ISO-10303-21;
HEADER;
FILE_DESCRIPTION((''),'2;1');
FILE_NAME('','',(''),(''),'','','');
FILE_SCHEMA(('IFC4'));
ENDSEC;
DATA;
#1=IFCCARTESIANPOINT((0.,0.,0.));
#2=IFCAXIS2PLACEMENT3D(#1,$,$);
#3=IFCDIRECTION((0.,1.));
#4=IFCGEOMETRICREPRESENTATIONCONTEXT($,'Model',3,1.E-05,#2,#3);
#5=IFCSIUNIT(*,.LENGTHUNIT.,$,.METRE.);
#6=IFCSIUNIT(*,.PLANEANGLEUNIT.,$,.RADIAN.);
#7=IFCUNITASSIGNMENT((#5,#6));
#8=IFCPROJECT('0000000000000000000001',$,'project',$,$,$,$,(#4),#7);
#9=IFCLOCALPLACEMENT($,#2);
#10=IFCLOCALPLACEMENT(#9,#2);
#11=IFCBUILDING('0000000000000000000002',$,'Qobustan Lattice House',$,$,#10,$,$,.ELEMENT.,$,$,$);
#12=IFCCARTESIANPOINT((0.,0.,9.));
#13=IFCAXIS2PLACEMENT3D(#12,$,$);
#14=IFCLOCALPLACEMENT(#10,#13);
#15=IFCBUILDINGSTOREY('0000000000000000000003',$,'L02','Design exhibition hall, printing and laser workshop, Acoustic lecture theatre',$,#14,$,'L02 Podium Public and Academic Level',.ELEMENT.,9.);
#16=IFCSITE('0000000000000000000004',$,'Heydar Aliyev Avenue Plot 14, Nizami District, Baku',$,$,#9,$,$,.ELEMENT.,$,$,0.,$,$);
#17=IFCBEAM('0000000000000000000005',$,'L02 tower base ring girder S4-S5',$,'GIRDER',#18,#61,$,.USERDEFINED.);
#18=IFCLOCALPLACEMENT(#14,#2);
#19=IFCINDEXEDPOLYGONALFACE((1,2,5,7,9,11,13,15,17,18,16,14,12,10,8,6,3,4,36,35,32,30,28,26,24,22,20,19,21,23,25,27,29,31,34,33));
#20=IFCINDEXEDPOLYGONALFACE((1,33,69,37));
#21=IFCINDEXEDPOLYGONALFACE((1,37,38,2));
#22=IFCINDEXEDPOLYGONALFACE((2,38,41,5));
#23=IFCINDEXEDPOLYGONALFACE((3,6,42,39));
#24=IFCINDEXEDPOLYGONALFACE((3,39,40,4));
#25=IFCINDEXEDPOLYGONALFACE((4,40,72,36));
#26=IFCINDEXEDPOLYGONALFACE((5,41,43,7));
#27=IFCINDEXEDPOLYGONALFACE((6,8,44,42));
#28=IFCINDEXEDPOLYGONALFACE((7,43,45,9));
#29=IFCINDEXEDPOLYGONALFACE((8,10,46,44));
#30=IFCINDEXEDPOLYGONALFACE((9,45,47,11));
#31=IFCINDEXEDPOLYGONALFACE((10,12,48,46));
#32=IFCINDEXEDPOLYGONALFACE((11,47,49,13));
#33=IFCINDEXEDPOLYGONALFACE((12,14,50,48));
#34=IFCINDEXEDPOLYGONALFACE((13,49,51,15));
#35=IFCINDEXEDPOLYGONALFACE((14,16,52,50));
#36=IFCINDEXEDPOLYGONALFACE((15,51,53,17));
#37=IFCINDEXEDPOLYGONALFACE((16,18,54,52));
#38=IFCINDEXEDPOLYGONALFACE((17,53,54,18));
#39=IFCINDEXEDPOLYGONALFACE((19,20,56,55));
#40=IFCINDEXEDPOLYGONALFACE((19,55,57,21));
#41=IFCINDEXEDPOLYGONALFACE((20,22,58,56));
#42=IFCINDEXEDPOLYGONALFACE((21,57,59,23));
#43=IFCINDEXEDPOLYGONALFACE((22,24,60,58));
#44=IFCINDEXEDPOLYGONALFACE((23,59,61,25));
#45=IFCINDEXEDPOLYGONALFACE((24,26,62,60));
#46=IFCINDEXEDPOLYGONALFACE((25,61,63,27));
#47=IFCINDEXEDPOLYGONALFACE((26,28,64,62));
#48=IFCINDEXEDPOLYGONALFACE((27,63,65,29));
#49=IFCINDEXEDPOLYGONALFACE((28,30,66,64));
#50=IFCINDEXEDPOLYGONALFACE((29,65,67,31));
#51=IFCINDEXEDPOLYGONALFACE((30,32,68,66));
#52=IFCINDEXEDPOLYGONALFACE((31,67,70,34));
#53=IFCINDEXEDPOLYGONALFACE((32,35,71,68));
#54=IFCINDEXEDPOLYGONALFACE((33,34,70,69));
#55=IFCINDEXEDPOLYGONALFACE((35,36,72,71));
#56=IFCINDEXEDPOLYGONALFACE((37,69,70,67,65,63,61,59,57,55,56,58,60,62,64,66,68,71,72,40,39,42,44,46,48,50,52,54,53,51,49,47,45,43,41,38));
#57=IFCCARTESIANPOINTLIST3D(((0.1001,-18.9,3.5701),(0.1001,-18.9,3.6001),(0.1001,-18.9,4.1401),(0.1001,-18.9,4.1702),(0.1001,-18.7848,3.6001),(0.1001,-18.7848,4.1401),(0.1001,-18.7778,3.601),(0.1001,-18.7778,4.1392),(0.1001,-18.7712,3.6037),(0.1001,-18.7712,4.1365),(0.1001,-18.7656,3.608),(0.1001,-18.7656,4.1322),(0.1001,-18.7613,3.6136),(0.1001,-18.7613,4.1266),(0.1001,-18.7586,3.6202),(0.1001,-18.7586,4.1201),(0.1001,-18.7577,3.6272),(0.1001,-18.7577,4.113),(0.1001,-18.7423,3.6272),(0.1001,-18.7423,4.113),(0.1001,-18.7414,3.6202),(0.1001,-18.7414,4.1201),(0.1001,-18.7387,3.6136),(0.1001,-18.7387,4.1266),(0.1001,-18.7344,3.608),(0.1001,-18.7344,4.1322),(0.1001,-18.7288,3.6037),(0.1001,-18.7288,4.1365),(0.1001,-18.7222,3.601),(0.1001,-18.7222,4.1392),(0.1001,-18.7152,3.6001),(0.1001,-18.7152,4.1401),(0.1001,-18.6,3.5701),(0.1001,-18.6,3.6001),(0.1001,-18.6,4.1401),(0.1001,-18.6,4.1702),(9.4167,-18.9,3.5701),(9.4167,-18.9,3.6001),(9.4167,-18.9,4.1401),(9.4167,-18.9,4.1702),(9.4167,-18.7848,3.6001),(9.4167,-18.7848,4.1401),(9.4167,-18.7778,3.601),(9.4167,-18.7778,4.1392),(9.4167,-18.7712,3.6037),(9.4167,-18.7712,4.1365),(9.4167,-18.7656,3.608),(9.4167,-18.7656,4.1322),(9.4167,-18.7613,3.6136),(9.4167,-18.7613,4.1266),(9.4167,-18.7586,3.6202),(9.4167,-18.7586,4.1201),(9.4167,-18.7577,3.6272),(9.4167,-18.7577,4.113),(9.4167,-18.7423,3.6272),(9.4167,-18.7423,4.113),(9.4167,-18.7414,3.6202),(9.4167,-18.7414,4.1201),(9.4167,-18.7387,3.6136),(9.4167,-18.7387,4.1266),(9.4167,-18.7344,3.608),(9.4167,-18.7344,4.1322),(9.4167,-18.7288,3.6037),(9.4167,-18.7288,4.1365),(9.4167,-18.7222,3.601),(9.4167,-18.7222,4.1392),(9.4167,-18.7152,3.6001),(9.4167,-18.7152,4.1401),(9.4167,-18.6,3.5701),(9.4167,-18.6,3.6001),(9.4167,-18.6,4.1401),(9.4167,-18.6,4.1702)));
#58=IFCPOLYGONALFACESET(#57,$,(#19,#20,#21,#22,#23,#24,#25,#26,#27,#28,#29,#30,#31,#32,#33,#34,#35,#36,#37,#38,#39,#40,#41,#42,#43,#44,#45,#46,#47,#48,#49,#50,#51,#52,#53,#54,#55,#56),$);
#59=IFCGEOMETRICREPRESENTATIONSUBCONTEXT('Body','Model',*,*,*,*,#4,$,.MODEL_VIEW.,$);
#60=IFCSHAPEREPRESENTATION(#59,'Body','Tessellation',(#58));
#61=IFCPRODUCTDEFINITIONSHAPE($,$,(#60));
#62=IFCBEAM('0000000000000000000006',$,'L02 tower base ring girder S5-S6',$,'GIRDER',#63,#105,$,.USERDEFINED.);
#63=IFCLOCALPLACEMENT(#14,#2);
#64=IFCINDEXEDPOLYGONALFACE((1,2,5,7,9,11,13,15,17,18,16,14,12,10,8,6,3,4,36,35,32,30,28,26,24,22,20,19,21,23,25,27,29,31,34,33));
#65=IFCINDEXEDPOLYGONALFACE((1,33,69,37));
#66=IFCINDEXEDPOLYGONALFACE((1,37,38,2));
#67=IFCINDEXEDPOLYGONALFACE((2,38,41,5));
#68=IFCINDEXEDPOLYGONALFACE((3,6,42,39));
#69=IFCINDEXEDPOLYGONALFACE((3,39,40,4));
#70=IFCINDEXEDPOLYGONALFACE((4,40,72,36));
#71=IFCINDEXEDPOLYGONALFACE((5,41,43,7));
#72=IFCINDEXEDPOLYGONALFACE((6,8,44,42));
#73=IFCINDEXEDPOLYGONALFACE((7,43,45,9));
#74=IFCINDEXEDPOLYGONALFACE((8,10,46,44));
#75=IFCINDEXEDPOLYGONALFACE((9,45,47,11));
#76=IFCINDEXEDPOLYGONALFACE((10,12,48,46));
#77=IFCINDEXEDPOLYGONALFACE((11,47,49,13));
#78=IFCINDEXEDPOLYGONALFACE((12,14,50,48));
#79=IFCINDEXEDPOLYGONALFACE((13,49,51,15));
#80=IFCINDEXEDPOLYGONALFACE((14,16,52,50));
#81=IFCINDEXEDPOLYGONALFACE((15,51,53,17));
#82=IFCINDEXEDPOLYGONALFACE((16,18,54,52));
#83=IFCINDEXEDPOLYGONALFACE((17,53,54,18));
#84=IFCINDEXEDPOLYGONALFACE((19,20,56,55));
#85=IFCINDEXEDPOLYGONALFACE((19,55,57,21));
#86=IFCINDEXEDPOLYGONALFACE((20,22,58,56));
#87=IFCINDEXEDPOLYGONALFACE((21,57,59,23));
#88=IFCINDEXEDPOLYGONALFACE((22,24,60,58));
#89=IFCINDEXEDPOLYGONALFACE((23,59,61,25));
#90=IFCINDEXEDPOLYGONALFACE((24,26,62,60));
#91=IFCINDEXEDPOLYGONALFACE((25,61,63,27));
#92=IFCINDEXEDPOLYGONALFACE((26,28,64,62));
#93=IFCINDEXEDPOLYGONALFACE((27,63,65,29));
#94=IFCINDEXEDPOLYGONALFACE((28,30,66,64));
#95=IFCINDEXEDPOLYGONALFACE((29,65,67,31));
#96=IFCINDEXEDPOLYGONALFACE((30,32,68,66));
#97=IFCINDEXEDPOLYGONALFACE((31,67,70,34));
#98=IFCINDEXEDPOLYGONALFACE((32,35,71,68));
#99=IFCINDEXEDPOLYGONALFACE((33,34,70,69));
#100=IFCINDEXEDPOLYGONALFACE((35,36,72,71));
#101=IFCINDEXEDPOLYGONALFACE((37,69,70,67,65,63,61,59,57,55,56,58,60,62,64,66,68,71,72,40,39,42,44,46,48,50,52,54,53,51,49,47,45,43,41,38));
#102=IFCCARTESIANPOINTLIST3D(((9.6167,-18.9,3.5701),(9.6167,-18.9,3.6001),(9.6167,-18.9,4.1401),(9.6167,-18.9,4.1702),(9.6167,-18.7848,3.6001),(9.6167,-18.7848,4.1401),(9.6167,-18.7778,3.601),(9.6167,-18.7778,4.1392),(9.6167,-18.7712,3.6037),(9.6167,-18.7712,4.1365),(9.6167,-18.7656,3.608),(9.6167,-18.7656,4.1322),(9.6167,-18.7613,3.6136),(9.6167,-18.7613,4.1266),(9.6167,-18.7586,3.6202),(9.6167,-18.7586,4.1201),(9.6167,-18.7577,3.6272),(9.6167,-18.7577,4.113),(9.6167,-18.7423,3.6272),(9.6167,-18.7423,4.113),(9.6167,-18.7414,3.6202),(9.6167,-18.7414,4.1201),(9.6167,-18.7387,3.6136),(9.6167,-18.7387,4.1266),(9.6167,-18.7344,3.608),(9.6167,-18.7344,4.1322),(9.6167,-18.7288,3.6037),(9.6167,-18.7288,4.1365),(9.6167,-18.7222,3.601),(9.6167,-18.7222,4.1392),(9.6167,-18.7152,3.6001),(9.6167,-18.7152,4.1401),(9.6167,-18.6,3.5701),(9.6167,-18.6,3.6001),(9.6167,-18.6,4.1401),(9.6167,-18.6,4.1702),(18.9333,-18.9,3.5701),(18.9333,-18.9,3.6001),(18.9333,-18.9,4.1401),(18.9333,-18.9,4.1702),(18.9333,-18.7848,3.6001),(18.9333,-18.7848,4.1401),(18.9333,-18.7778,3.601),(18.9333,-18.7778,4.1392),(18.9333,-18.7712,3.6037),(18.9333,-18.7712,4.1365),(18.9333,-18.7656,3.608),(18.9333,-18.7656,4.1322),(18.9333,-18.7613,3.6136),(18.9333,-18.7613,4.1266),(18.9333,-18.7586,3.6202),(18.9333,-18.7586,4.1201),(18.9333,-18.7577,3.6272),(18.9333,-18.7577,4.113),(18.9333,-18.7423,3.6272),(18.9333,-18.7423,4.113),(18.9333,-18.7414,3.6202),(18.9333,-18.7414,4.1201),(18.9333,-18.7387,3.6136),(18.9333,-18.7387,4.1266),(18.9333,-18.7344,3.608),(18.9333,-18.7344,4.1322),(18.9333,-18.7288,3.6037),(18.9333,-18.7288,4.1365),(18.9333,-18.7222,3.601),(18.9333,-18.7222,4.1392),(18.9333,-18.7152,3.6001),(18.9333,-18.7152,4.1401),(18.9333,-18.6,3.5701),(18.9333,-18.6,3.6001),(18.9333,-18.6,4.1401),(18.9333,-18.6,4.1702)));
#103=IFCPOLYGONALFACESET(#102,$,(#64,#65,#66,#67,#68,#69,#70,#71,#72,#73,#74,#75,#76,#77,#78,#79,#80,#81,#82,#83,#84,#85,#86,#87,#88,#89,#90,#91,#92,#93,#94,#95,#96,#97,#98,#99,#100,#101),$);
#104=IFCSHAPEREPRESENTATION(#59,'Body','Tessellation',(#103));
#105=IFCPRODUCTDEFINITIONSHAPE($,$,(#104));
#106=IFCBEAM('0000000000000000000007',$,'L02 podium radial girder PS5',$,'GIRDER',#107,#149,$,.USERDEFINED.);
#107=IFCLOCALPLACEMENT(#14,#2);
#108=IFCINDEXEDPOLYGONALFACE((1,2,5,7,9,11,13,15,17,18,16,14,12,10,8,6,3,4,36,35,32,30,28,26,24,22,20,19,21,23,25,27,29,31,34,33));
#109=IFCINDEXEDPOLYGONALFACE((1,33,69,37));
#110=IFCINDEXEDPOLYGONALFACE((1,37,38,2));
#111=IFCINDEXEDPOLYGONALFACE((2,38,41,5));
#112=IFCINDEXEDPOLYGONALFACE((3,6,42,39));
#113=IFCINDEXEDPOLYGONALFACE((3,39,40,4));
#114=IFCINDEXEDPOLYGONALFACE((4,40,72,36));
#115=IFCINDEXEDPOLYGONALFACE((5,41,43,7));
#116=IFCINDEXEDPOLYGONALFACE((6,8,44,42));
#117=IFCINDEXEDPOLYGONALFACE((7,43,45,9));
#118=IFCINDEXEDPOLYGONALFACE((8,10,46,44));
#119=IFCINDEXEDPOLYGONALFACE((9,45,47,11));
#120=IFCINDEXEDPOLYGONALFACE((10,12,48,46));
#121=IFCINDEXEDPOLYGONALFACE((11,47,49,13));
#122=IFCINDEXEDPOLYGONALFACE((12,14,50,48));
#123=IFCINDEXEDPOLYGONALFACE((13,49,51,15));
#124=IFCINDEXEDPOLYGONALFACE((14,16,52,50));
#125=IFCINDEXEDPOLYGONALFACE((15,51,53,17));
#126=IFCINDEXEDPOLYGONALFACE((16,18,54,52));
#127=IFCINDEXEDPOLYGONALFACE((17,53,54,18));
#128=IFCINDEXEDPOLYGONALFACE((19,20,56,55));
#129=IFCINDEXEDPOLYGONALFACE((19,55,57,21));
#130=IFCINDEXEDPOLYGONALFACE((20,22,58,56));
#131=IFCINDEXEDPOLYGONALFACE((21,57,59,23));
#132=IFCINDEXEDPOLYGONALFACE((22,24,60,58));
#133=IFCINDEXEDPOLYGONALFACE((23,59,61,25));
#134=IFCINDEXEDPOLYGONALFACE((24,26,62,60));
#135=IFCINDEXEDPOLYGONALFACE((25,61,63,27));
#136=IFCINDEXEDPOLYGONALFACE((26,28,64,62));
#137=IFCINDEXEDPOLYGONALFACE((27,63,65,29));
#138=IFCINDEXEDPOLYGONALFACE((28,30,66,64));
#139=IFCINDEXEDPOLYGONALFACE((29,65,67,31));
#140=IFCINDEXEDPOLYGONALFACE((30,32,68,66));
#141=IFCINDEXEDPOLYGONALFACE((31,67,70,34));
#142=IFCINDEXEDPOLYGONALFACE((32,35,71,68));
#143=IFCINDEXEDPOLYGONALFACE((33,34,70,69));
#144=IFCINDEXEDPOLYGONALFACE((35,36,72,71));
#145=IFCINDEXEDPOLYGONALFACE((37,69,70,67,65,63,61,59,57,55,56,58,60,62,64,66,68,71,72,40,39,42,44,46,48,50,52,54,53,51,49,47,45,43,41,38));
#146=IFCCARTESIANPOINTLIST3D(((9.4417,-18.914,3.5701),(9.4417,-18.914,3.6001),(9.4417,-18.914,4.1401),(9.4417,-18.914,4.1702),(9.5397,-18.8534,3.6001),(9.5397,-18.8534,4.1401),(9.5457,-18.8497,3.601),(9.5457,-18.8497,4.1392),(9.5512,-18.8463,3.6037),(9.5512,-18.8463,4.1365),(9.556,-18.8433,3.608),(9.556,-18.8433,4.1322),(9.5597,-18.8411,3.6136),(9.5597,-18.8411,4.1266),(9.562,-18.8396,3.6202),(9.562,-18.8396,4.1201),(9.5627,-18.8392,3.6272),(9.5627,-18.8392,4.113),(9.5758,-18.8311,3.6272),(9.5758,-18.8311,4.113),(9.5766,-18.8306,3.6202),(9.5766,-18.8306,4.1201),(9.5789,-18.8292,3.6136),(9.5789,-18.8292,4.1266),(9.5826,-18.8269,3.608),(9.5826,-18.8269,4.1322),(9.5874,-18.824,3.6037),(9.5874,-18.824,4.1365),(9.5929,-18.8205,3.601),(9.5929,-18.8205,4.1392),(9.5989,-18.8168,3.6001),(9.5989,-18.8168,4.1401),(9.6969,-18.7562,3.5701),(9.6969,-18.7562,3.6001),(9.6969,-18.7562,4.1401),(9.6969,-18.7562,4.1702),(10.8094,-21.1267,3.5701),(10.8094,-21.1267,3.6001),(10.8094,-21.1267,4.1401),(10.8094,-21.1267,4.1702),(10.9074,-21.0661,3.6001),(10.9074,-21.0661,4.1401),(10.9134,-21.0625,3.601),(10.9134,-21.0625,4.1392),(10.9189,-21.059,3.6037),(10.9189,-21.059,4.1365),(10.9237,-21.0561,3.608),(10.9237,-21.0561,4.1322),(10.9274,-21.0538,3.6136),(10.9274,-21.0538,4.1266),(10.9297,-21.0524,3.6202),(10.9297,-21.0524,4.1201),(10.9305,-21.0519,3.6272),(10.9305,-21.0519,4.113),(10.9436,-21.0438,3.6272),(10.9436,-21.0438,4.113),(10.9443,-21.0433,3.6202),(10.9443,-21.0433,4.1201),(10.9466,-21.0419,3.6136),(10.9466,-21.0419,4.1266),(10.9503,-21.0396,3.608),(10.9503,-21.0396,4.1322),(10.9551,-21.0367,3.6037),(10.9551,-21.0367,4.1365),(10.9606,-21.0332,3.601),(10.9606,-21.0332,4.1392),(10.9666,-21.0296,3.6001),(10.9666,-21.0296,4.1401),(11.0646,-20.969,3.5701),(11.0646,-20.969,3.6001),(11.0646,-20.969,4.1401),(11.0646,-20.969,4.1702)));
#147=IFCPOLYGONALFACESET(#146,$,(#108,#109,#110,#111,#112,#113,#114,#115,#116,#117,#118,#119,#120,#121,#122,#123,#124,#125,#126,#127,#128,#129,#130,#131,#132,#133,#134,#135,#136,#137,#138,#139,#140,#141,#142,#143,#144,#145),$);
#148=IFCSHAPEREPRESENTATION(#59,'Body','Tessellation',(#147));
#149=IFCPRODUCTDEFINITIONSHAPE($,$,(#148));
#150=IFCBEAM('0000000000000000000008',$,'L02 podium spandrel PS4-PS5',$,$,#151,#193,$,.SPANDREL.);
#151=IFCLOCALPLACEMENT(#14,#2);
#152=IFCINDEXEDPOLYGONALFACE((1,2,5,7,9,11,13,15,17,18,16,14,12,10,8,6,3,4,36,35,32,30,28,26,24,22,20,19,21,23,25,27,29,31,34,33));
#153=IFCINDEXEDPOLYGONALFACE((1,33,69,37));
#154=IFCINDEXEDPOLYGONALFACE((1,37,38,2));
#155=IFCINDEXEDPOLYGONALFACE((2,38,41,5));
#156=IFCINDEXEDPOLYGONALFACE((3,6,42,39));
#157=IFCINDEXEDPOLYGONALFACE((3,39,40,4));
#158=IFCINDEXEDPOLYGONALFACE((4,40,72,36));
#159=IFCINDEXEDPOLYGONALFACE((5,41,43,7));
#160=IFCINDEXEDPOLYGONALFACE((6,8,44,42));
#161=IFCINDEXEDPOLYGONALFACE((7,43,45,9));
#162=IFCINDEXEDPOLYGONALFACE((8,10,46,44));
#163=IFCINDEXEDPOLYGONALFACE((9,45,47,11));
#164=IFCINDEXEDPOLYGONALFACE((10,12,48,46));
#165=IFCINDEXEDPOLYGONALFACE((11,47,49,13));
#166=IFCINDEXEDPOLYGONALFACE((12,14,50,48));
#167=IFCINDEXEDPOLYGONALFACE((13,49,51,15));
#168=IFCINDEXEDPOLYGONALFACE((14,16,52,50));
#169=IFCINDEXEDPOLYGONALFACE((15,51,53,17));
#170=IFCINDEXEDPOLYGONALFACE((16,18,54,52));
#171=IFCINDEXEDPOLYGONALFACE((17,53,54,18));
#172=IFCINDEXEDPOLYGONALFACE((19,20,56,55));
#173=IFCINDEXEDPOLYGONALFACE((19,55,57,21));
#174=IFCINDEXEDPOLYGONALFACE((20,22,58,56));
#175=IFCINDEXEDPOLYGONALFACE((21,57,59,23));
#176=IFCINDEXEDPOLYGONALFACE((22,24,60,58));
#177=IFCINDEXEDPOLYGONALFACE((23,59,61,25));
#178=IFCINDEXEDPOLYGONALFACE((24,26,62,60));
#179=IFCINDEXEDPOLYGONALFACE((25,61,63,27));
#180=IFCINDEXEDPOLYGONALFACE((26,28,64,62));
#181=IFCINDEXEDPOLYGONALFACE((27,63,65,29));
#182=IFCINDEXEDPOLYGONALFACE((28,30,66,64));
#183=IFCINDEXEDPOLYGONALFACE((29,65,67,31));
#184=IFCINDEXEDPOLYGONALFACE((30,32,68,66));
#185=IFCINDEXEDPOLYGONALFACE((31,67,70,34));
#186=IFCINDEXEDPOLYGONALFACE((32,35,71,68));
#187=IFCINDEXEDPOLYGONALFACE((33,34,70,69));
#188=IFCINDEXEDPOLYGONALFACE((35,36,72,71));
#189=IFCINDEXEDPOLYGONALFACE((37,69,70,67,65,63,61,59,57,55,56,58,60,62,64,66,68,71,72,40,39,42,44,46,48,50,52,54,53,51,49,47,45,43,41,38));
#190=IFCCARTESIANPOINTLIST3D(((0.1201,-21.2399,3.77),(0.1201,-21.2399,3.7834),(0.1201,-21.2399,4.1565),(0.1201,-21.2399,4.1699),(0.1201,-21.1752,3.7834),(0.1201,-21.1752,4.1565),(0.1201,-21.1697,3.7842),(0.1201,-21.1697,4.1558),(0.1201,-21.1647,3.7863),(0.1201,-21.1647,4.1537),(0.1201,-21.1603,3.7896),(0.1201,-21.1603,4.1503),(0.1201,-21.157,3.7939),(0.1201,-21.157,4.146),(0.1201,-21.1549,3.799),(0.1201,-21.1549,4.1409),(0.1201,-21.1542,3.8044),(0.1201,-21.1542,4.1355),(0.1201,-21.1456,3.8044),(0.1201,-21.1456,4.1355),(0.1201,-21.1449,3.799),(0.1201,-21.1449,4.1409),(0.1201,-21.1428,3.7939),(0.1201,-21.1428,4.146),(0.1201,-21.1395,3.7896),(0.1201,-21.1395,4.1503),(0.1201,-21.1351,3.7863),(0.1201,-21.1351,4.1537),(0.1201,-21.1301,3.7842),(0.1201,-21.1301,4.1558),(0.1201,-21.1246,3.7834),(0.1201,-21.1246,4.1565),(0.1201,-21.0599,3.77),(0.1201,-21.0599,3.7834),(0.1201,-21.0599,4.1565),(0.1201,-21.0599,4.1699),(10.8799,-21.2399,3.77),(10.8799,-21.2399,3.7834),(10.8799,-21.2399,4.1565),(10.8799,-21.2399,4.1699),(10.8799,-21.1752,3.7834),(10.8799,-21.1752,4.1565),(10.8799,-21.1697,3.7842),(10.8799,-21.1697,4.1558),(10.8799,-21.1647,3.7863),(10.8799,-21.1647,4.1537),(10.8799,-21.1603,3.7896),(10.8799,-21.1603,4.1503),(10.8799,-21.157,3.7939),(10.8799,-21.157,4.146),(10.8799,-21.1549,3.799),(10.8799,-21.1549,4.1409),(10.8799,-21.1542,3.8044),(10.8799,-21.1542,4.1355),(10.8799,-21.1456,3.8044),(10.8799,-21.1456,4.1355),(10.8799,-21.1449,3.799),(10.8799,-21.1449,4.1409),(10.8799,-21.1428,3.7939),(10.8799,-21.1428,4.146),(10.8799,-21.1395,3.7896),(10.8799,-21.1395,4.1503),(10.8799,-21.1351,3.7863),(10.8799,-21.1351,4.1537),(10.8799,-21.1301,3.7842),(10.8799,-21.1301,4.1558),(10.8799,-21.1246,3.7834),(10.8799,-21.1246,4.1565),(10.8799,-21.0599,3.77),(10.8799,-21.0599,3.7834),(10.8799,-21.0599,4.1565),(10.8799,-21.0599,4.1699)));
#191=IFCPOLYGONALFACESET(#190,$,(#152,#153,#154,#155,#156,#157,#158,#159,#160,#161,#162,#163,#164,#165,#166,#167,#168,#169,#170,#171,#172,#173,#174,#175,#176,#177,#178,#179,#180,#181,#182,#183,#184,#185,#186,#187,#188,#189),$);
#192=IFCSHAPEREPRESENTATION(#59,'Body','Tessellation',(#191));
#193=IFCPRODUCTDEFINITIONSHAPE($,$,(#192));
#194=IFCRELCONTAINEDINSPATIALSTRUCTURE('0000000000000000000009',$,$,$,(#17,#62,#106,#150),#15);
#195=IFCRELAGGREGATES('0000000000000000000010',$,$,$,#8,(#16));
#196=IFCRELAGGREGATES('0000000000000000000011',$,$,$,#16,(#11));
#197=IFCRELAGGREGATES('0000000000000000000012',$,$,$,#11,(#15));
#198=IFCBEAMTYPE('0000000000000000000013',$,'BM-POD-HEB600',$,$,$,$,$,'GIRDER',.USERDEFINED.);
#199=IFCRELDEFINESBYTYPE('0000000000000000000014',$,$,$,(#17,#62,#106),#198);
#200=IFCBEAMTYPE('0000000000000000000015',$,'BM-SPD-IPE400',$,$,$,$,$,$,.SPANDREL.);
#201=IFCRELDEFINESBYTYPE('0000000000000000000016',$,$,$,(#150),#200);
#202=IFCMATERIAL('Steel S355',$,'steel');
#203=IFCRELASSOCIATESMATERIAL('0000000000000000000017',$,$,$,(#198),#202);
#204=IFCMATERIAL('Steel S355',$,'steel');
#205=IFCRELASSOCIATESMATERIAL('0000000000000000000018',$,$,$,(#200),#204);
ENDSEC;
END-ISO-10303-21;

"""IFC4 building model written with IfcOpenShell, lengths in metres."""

from ifc_helpers import new_model, si_unit, direction, frame, origin, origin_2d, place, context, subcontext, project, spatial, i_section, extrude, material, material_profile, profile_set, type_object, element, save


model = new_model("IFC4")

# Units and contexts
model_context = context("Model", 3, precision=1e-05, world=origin(), true_north=direction((0.0, 1.0)))
body_context = subcontext(model_context, "Body", "Model", "MODEL_VIEW")
ifc_project = project(units=[si_unit("LENGTHUNIT", "METRE"), si_unit("PLANEANGLEUNIT", "RADIAN")], contexts=[model_context])

# Site, building, storey
site_placement = place(None, origin())
site = spatial("IfcSite", under=ifc_project, at=site_placement, Name="Heydar Aliyev Avenue Plot 14, Nizami District, Baku", CompositionType="ELEMENT", RefElevation=0.0)
building_placement = place(site_placement, origin())
building = spatial("IfcBuilding", under=site, at=building_placement, Name="Qobustan Lattice House", CompositionType="ELEMENT")
storey_placement = place(building_placement, frame((0.0, 0.0, 9.0)))
storey = spatial("IfcBuildingStorey", under=building, at=storey_placement, Name="L02", Description="Design exhibition hall, printing and laser workshop, Acoustic lecture theatre", LongName="L02 Podium Public and Academic Level", CompositionType="ELEMENT", Elevation=9.0)

# Beams
ifc_material_1 = material(Name="Steel S355", Category="steel")
ifc_material_profile_1 = material_profile(ifc_material_1, i_section(OverallWidth=0.3, OverallDepth=0.6001, WebThickness=0.0154, FlangeThickness=0.03, FilletRadius=0.0271, at=origin_2d()), Name="HEB600")
ifc_profile_set_1 = profile_set([ifc_material_profile_1], Name="Steel S355")
beam_type_1 = type_object("IfcBeamType", Name="BM-POD-HEB600", ElementType="GIRDER", PredefinedType="USERDEFINED", material=ifc_profile_set_1)
for number, where, z_axis, x_axis, name in (
    (1, (0.1001, -18.75, 3.8701), (1.0, 0.0, 0.0), (0.0, 1.0, 0.0), "L02 tower base ring girder S4-S5"),
    (2, (9.6167, -18.75, 3.8701), (1.0, 0.0, 0.0), (0.0, 1.0, 0.0), "L02 tower base ring girder S5-S6"),
):
    element("IfcBeam", number, at=place(storey_placement, frame(where, z_axis=z_axis, x_axis=x_axis)), inside=storey, type_object=beam_type_1, Name=name, ObjectType="GIRDER", PredefinedType="USERDEFINED", context=body_context, shape_type="SweptSolid", body=[
        extrude(i_section(OverallWidth=0.3, OverallDepth=0.6001, WebThickness=0.0154, FlangeThickness=0.03, FilletRadius=0.0271, at=origin_2d()), origin(), (0.0, 0.0, 1.0), 9.3167),
    ])
beam_1_placement = place(storey_placement, frame((10.937, -21.0479, 3.8701), z_axis=(-0.525783, 0.850619, 0.0), x_axis=(-0.850619, -0.525783, 0.0)))
element("IfcBeam", 3, at=beam_1_placement, inside=storey, type_object=beam_type_1, Name="L02 podium radial girder PS5", ObjectType="GIRDER", PredefinedType="USERDEFINED", context=body_context, shape_type="SweptSolid", body=[
    extrude(i_section(OverallWidth=0.3, OverallDepth=0.6001, WebThickness=0.0154, FlangeThickness=0.03, FilletRadius=0.0271, at=origin_2d()), origin(), (0.0, 0.0, 1.0), 2.6013),
])
ifc_material_2 = material(Name="Steel S355", Category="steel")
ifc_material_profile_2 = material_profile(ifc_material_2, i_section(OverallWidth=0.1799, OverallDepth=0.3999, WebThickness=0.0085, FlangeThickness=0.0134, FilletRadius=0.021, at=origin_2d()), Name="IPE400")
ifc_profile_set_2 = profile_set([ifc_material_profile_2], Name="Steel S355")
beam_type_2 = type_object("IfcBeamType", Name="BM-SPD-IPE400", PredefinedType="SPANDREL", material=ifc_profile_set_2)
for number, where, z_axis, x_axis, name in (
    (4, (0.1201, -21.1499, 3.97), (1.0, 0.0, 0.0), (0.0, 1.0, 0.0), "L02 podium spandrel PS4-PS5"),
):
    element("IfcBeam", number, at=place(storey_placement, frame(where, z_axis=z_axis, x_axis=x_axis)), inside=storey, type_object=beam_type_2, Name=name, PredefinedType="SPANDREL", context=body_context, shape_type="SweptSolid", body=[
        extrude(i_section(OverallWidth=0.1799, OverallDepth=0.3999, WebThickness=0.0085, FlangeThickness=0.0134, FilletRadius=0.021, at=origin_2d()), origin(), (0.0, 0.0, 1.0), 10.7598),
    ])

save(model, "model.ifc")
